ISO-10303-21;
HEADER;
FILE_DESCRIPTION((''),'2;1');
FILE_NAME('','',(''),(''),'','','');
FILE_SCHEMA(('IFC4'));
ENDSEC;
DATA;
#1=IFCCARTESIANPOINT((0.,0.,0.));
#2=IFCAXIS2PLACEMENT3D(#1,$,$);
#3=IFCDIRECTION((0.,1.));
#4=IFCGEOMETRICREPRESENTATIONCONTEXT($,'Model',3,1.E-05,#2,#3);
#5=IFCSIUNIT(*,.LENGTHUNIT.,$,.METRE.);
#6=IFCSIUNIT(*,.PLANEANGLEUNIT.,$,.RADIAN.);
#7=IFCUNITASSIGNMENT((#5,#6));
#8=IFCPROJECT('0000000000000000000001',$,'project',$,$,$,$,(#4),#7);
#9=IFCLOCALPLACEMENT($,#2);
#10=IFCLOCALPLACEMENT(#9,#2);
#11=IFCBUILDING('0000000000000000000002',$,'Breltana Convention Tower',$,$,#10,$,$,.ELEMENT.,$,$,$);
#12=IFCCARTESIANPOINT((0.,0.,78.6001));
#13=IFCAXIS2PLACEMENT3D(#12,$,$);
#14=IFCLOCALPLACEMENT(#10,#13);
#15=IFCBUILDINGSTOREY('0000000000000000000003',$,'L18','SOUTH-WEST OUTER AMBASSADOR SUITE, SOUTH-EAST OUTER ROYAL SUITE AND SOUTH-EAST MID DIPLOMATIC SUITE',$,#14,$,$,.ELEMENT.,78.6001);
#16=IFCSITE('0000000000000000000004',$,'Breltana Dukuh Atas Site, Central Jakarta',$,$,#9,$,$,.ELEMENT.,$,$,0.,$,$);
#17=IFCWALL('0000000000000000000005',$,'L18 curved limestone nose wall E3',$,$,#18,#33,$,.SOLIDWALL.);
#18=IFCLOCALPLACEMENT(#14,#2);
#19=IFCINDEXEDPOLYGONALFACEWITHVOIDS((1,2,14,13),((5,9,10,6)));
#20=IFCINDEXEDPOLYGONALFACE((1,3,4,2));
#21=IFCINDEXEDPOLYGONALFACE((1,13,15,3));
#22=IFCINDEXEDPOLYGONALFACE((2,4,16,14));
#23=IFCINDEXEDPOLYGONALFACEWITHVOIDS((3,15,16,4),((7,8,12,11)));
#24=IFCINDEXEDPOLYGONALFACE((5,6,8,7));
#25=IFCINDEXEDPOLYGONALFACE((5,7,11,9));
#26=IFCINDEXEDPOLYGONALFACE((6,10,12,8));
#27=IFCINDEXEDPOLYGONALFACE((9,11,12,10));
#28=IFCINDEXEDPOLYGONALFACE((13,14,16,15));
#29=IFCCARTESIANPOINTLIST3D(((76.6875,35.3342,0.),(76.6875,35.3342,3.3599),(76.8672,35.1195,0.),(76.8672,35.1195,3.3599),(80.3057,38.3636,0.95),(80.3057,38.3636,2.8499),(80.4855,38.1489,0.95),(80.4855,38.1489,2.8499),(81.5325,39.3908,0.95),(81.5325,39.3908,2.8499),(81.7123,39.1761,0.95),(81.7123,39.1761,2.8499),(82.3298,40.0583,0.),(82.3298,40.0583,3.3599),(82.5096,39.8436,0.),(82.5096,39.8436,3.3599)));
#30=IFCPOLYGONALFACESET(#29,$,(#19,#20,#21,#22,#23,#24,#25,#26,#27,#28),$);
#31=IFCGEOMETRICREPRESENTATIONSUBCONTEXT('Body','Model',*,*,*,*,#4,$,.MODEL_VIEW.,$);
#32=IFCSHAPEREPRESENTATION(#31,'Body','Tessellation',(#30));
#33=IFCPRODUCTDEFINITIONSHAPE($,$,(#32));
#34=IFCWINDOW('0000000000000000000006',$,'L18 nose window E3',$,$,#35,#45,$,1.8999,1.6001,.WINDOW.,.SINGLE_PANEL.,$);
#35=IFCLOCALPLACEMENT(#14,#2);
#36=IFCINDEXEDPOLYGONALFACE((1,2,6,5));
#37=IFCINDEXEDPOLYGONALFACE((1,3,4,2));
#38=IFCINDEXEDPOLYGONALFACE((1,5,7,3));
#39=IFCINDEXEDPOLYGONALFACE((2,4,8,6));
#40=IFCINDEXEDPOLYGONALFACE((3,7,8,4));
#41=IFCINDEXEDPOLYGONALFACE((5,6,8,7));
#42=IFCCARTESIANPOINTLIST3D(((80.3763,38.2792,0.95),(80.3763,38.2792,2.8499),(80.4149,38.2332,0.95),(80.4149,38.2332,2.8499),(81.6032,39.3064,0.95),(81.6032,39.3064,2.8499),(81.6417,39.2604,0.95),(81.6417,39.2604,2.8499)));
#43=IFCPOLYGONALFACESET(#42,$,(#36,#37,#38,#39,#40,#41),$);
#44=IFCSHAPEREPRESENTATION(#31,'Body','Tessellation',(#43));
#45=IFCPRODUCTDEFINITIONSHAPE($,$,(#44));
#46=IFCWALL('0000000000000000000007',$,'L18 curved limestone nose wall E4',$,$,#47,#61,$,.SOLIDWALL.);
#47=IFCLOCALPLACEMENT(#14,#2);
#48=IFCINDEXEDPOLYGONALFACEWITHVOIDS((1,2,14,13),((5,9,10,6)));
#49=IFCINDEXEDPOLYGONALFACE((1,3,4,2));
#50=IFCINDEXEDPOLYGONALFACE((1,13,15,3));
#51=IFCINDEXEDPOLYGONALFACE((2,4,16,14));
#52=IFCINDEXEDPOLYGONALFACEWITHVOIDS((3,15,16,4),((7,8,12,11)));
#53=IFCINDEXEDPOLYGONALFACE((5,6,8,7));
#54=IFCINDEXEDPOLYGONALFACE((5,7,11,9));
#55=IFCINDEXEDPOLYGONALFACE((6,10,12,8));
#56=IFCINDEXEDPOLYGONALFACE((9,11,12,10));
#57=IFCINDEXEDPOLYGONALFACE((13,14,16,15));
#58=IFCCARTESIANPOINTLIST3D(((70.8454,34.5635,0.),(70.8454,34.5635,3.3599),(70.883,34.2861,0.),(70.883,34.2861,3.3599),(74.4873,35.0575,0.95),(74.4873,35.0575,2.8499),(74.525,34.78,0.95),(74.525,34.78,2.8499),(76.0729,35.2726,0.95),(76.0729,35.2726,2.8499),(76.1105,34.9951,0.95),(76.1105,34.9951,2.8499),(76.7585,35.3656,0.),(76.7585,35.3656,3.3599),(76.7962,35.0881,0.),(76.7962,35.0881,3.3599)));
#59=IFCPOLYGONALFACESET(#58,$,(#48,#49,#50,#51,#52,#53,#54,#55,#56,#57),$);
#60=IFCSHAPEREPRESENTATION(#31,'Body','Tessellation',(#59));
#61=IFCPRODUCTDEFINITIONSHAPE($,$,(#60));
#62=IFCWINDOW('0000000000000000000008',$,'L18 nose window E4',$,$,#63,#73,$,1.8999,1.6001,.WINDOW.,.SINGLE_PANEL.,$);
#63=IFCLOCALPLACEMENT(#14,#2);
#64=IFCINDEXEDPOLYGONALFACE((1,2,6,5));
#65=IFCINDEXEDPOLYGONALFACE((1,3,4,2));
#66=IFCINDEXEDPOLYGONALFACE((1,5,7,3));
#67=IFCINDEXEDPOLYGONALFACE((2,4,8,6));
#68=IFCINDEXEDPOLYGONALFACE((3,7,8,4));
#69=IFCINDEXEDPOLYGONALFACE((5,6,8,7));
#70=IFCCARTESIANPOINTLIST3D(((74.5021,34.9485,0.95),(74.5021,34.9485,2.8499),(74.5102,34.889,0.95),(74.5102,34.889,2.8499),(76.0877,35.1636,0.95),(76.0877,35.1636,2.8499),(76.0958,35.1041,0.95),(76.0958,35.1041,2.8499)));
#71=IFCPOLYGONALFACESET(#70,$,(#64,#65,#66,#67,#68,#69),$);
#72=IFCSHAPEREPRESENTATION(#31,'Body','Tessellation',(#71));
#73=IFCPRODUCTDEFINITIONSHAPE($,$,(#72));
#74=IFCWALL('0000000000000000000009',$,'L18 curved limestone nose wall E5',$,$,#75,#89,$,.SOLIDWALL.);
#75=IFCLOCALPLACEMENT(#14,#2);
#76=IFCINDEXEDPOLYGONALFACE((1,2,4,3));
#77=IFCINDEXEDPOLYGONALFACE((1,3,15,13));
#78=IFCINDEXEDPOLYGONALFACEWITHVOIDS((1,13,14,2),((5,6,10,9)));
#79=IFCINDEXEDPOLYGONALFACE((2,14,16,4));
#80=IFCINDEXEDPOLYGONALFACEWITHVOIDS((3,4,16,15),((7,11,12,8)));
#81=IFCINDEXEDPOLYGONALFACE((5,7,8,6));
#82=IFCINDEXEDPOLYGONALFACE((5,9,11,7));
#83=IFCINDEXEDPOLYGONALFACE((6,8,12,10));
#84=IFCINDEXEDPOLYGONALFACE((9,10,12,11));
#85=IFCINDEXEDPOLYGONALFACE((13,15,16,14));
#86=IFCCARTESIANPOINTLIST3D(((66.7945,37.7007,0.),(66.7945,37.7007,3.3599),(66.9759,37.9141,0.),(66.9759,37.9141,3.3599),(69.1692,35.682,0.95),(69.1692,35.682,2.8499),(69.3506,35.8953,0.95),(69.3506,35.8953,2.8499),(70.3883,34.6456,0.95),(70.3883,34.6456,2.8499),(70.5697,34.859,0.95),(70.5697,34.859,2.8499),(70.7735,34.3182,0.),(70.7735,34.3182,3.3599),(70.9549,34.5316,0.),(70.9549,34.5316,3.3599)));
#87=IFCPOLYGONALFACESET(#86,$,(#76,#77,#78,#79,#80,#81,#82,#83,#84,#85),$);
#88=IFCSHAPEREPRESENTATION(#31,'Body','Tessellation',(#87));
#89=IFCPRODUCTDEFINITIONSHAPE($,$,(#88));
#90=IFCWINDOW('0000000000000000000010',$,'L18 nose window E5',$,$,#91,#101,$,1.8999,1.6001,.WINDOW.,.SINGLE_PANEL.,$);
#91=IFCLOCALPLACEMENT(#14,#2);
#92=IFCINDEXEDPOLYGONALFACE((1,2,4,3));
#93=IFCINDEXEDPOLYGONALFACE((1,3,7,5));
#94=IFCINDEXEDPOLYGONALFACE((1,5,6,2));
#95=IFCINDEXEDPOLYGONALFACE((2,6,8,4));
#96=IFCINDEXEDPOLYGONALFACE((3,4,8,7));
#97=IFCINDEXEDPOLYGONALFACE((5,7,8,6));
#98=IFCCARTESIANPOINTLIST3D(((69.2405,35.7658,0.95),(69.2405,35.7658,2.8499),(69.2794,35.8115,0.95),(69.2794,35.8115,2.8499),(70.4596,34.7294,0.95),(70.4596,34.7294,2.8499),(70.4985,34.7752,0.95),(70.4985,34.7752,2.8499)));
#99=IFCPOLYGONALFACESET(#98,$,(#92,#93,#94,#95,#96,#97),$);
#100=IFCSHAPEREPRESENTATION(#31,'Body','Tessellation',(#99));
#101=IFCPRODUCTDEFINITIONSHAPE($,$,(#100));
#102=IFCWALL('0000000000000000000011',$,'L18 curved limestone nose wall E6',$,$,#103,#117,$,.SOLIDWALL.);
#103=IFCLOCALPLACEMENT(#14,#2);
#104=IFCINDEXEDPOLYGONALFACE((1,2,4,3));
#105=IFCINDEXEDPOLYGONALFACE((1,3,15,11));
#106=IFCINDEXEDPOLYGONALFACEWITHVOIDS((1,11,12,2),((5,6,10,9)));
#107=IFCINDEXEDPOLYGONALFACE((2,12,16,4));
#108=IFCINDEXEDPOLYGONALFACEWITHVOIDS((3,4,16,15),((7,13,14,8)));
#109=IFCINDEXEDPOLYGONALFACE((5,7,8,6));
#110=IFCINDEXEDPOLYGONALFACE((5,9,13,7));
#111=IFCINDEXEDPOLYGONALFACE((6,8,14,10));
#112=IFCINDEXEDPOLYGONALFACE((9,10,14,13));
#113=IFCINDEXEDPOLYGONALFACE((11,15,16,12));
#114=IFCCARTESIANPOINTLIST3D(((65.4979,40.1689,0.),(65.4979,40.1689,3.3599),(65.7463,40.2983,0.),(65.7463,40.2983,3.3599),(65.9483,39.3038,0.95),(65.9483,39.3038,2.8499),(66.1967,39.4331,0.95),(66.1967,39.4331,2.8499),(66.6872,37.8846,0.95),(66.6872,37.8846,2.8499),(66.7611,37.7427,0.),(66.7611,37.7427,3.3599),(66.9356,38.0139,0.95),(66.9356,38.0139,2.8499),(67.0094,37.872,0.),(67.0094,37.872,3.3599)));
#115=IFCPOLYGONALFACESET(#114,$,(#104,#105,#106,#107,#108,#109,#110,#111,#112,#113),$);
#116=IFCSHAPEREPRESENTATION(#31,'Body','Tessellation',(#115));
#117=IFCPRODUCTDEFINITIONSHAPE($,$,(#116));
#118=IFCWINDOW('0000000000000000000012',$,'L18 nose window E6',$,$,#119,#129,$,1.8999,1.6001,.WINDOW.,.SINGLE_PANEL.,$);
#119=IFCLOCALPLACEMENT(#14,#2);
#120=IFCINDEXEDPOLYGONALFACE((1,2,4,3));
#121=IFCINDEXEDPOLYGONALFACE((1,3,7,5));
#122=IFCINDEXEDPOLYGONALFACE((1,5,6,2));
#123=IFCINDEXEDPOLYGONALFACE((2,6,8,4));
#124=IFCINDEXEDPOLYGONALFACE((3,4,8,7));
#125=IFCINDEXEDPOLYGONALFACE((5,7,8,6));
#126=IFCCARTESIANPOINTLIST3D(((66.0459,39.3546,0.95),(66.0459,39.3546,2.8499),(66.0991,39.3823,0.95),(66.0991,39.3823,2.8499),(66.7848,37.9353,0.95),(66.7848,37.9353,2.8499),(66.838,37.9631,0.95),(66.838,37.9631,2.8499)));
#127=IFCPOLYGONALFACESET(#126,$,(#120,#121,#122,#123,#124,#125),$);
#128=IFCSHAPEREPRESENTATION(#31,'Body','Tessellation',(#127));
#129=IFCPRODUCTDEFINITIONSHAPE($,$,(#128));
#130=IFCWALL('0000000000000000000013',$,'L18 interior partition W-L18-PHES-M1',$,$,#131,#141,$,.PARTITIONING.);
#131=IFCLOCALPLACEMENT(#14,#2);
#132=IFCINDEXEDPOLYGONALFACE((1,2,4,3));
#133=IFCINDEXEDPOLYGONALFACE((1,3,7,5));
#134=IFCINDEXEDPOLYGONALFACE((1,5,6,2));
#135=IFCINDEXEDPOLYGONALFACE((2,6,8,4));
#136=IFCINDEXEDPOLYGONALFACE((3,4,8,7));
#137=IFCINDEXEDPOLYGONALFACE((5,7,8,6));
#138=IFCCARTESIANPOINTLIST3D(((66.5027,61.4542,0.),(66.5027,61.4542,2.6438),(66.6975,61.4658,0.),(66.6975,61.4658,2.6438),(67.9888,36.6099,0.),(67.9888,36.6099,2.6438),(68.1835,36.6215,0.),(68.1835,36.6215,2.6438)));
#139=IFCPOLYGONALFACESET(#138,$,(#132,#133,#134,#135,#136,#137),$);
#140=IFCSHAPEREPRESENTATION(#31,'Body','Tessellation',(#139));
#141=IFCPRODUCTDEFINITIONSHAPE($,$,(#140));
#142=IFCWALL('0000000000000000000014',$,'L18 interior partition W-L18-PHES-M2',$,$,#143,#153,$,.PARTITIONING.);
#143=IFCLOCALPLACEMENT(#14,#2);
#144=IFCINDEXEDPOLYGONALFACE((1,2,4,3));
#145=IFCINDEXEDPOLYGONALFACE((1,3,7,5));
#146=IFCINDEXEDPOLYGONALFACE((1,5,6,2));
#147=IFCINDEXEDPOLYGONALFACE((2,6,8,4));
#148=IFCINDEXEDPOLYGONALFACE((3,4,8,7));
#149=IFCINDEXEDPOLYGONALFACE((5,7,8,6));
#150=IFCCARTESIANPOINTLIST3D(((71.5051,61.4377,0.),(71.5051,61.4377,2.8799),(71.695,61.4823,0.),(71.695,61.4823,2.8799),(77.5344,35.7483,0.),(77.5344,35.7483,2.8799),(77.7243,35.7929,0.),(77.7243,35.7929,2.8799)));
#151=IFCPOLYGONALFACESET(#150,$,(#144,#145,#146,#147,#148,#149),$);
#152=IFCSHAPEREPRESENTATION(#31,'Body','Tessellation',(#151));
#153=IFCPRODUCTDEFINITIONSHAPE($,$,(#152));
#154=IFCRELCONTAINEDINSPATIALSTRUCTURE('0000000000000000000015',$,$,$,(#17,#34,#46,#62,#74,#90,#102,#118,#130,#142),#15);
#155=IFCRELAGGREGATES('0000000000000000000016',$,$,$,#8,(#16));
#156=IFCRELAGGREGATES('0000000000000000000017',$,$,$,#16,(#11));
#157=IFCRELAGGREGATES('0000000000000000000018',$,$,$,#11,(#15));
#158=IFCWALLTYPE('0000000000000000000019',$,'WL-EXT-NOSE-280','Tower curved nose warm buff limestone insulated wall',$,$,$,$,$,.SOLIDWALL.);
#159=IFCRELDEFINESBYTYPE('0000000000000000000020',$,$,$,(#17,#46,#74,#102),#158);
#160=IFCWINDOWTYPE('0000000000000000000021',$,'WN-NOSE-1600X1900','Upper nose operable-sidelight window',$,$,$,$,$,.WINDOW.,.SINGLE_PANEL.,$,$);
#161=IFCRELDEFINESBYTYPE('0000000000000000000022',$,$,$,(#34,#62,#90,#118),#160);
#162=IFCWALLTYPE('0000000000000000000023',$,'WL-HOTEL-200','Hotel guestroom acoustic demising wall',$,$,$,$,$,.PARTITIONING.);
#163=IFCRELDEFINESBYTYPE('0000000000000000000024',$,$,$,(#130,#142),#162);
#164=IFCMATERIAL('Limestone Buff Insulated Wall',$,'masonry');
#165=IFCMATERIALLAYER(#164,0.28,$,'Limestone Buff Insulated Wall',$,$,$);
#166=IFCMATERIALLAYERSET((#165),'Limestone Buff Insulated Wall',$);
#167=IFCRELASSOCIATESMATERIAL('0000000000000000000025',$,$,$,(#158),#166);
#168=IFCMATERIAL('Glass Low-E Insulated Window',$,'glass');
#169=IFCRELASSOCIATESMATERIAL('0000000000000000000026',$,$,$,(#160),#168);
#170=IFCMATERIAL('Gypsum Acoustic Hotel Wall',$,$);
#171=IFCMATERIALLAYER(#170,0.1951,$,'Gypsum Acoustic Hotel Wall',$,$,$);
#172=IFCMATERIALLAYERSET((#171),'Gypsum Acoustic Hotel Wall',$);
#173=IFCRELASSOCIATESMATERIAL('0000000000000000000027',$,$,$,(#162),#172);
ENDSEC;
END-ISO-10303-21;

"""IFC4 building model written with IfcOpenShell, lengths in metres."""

from ifc_helpers import new_model, si_unit, direction, frame, frame_2d, origin, place, context, subcontext, project, spatial, rectangle, extrude, source, transform, mapped, material, layer, layer_set, type_object, type_shapes, element, fill, save


model = new_model("IFC4")

# Units and contexts
model_context = context("Model", 3, precision=1e-05, world=origin(), true_north=direction((0.0, 1.0)))
body_context = subcontext(model_context, "Body", "Model", "MODEL_VIEW")
ifc_project = project(units=[si_unit("LENGTHUNIT", "METRE"), si_unit("PLANEANGLEUNIT", "RADIAN")], contexts=[model_context])

# Site, building, storey
site_placement = place(None, origin())
site = spatial("IfcSite", under=ifc_project, at=site_placement, Name="Breltana Dukuh Atas Site, Central Jakarta", CompositionType="ELEMENT", RefElevation=0.0)
building_placement = place(site_placement, origin())
building = spatial("IfcBuilding", under=site, at=building_placement, Name="Breltana Convention Tower", CompositionType="ELEMENT")
storey_placement = place(building_placement, frame((0.0, 0.0, 78.6001)))
storey = spatial("IfcBuildingStorey", under=building, at=storey_placement, Name="L18", Description="SOUTH-WEST OUTER AMBASSADOR SUITE, SOUTH-EAST OUTER ROYAL SUITE AND SOUTH-EAST MID DIPLOMATIC SUITE", CompositionType="ELEMENT", Elevation=78.6001)

# Walls, openings, windows
ifc_material_1 = material(Name="Limestone Buff Insulated Wall", Category="masonry")
ifc_layer_1 = layer(ifc_material_1, 0.28, Name="Limestone Buff Insulated Wall")
ifc_layer_set_1 = layer_set([ifc_layer_1], Name="Limestone Buff Insulated Wall")
wall_type_1 = type_object("IfcWallType", Name="WL-EXT-NOSE-280", Description="Tower curved nose warm buff limestone insulated wall", PredefinedType="SOLIDWALL", material=ifc_layer_set_1)
shared_shape_1 = source(origin(), body_context, "Body", "SweptSolid", [
    extrude(rectangle(XDim=7.3589, YDim=0.28, at=frame_2d((3.6794, 0.0))), origin(), (0.0, 0.0, 1.0), 3.3599),
])
wall_1_placement = place(storey_placement, frame((82.4197, 39.9509, 0.0), z_axis=(0.0, 0.0, 1.0), x_axis=(-0.766737, -0.641961, 0.0)))
wall_1 = element("IfcWall", 1, at=wall_1_placement, inside=storey, type_object=wall_type_1, Name="L18 curved limestone nose wall E3", PredefinedType="SOLIDWALL", context=body_context, shape_type="MappedRepresentation", body=[
    mapped(shared_shape_1, transform((0.0, 0.0, 0.0), scale=1.0)),
])
opening_1_placement = place(wall_1_placement, frame((1.0398, 0.0, 0.95)))
opening_1 = element("IfcOpeningElement", 2, at=opening_1_placement, cuts=wall_1, PredefinedType="OPENING", context=body_context, shape_type="SweptSolid", body=[
    extrude(rectangle(XDim=1.6001, YDim=1.8999, at=frame_2d((0.8, 0.95))), frame((0.0, 0.1499, 0.0), z_axis=(0.0, -1.0, 0.0), x_axis=(1.0, 0.0, 0.0)), (0.0, 0.0, 1.0), 0.3),
])
ifc_material_2 = material(Name="Glass Low-E Insulated Window", Category="glass")
window_type = type_object("IfcWindowType", Name="WN-NOSE-1600X1900", Description="Upper nose operable-sidelight window", PartitioningType="SINGLE_PANEL", PredefinedType="WINDOW", material=ifc_material_2)
shared_shape_2 = source(origin(), body_context, "Body", "SweptSolid", [
    extrude(rectangle(XDim=1.6001, YDim=1.8999, at=frame_2d((0.8, 0.95))), frame((0.0, 0.03, 0.0), z_axis=(0.0, -1.0, 0.0), x_axis=(1.0, 0.0, 0.0)), (0.0, 0.0, 1.0), 0.0601),
])
type_shapes(window_type, [shared_shape_2])
window_1_placement = place(opening_1_placement, origin())
window_1 = element("IfcWindow", 3, at=window_1_placement, inside=storey, type_object=window_type, Name="L18 nose window E3", OverallHeight=1.8999, OverallWidth=1.6001, PartitioningType="SINGLE_PANEL", PredefinedType="WINDOW", context=body_context, shape_type="MappedRepresentation", body=[
    mapped(shared_shape_2, transform((0.0, 0.0, 0.0), scale=1.0)),
])
fill(opening_1, window_1)
shared_shape_3 = source(origin(), body_context, "Body", "SweptSolid", [
    extrude(rectangle(XDim=5.9673, YDim=0.28, at=frame_2d((2.9836, 0.0))), origin(), (0.0, 0.0, 1.0), 3.3599),
])
wall_2_placement = place(storey_placement, frame((76.7773, 35.2268, 0.0), z_axis=(0.0, 0.0, 1.0), x_axis=(-0.990927, -0.134401, 0.0)))
wall_2 = element("IfcWall", 4, at=wall_2_placement, inside=storey, type_object=wall_type_1, Name="L18 curved limestone nose wall E4", PredefinedType="SOLIDWALL", context=body_context, shape_type="MappedRepresentation", body=[
    mapped(shared_shape_3, transform((0.0, 0.0, 0.0), scale=1.0)),
])
opening_2_placement = place(wall_2_placement, frame((0.6919, 0.0, 0.95)))
opening_2 = element("IfcOpeningElement", 5, at=opening_2_placement, cuts=wall_2, PredefinedType="OPENING", context=body_context, shape_type="SweptSolid", body=[
    extrude(rectangle(XDim=1.6001, YDim=1.8999, at=frame_2d((0.8, 0.95))), frame((0.0, 0.1499, 0.0), z_axis=(0.0, -1.0, 0.0), x_axis=(1.0, 0.0, 0.0)), (0.0, 0.0, 1.0), 0.3),
])
window_2_placement = place(opening_2_placement, origin())
window_2 = element("IfcWindow", 6, at=window_2_placement, inside=storey, type_object=window_type, Name="L18 nose window E4", OverallHeight=1.8999, OverallWidth=1.6001, PartitioningType="SINGLE_PANEL", PredefinedType="WINDOW", context=body_context, shape_type="MappedRepresentation", body=[
    mapped(shared_shape_2, transform((0.0, 0.0, 0.0), scale=1.0)),
])
fill(opening_2, window_2)
shared_shape_4 = source(origin(), body_context, "Body", "SweptSolid", [
    extrude(rectangle(XDim=5.2224, YDim=0.28, at=frame_2d((2.6113, 0.0))), origin(), (0.0, 0.0, 1.0), 3.3599),
])
wall_3_placement = place(storey_placement, frame((70.8643, 34.4248, 0.0), z_axis=(0.0, 0.0, 1.0), x_axis=(-0.7619, 0.647695, 0.0)))
wall_3 = element("IfcWall", 7, at=wall_3_placement, inside=storey, type_object=wall_type_1, Name="L18 curved limestone nose wall E5", PredefinedType="SOLIDWALL", context=body_context, shape_type="MappedRepresentation", body=[
    mapped(shared_shape_4, transform((0.0, 0.0, 0.0), scale=1.0)),
])
opening_3_placement = place(wall_3_placement, frame((0.5056, 0.0, 0.95)))
opening_3 = element("IfcOpeningElement", 8, at=opening_3_placement, cuts=wall_3, PredefinedType="OPENING", context=body_context, shape_type="SweptSolid", body=[
    extrude(rectangle(XDim=1.6001, YDim=1.8999, at=frame_2d((0.8, 0.95))), frame((0.0, 0.1499, 0.0), z_axis=(0.0, -1.0, 0.0), x_axis=(1.0, 0.0, 0.0)), (0.0, 0.0, 1.0), 0.3),
])
window_3_placement = place(opening_3_placement, origin())
window_3 = element("IfcWindow", 9, at=window_3_placement, inside=storey, type_object=window_type, Name="L18 nose window E5", OverallHeight=1.8999, OverallWidth=1.6001, PartitioningType="SINGLE_PANEL", PredefinedType="WINDOW", context=body_context, shape_type="MappedRepresentation", body=[
    mapped(shared_shape_2, transform((0.0, 0.0, 0.0), scale=1.0)),
])
fill(opening_3, window_3)
shared_shape_5 = source(origin(), body_context, "Body", "SweptSolid", [
    extrude(rectangle(XDim=2.7354, YDim=0.28, at=frame_2d((1.3677, 0.0))), origin(), (0.0, 0.0, 1.0), 3.3599),
])
wall_4_placement = place(storey_placement, frame((66.8853, 37.8074, 0.0), z_axis=(0.0, 0.0, 1.0), x_axis=(-0.461791, 0.886989, 0.0)))
wall_4 = element("IfcWall", 10, at=wall_4_placement, inside=storey, type_object=wall_type_1, Name="L18 curved limestone nose wall E6", PredefinedType="SOLIDWALL", context=body_context, shape_type="MappedRepresentation", body=[
    mapped(shared_shape_5, transform((0.0, 0.0, 0.0), scale=1.0)),
])
opening_4_placement = place(wall_4_placement, frame((0.1599, 0.0, 0.95)))
opening_4 = element("IfcOpeningElement", 11, at=opening_4_placement, cuts=wall_4, PredefinedType="OPENING", context=body_context, shape_type="SweptSolid", body=[
    extrude(rectangle(XDim=1.6001, YDim=1.8999, at=frame_2d((0.8, 0.95))), frame((0.0, 0.1499, 0.0), z_axis=(0.0, -1.0, 0.0), x_axis=(1.0, 0.0, 0.0)), (0.0, 0.0, 1.0), 0.3),
])
window_4_placement = place(opening_4_placement, origin())
window_4 = element("IfcWindow", 12, at=window_4_placement, inside=storey, type_object=window_type, Name="L18 nose window E6", OverallHeight=1.8999, OverallWidth=1.6001, PartitioningType="SINGLE_PANEL", PredefinedType="WINDOW", context=body_context, shape_type="MappedRepresentation", body=[
    mapped(shared_shape_2, transform((0.0, 0.0, 0.0), scale=1.0)),
])
fill(opening_4, window_4)

# Walls
ifc_material_3 = material(Name="Gypsum Acoustic Hotel Wall")
ifc_layer_2 = layer(ifc_material_3, 0.1951, Name="Gypsum Acoustic Hotel Wall")
ifc_layer_set_2 = layer_set([ifc_layer_2], Name="Gypsum Acoustic Hotel Wall")
wall_type_2 = type_object("IfcWallType", Name="WL-HOTEL-200", Description="Hotel guestroom acoustic demising wall", PredefinedType="PARTITIONING", material=ifc_layer_set_2)
shared_shape_6 = source(origin(), body_context, "Body", "SweptSolid", [
    extrude(rectangle(XDim=24.8887, YDim=0.1951, at=frame_2d((12.4443, 0.0))), origin(), (0.0, 0.0, 1.0), 2.6438),
])
wall_5_placement = place(storey_placement, frame((68.0862, 36.6157, 0.0), z_axis=(0.0, 0.0, 1.0), x_axis=(-0.059709, 0.998216, 0.0)))
element("IfcWall", 13, at=wall_5_placement, inside=storey, type_object=wall_type_2, Name="L18 interior partition W-L18-PHES-M1", PredefinedType="PARTITIONING", context=body_context, shape_type="MappedRepresentation", body=[
    mapped(shared_shape_6, transform((0.0, 0.0, 0.0), scale=1.0)),
])
shared_shape_7 = source(origin(), body_context, "Body", "SweptSolid", [
    extrude(rectangle(XDim=26.3875, YDim=0.1951, at=frame_2d((13.1938, 0.0))), origin(), (0.0, 0.0, 1.0), 2.8799),
])
wall_6_placement = place(storey_placement, frame((77.6294, 35.7705, 0.0), z_axis=(0.0, 0.0, 1.0), x_axis=(-0.228491, 0.973546, 0.0)))
element("IfcWall", 14, at=wall_6_placement, inside=storey, type_object=wall_type_2, Name="L18 interior partition W-L18-PHES-M2", PredefinedType="PARTITIONING", context=body_context, shape_type="MappedRepresentation", body=[
    mapped(shared_shape_7, transform((0.0, 0.0, 0.0), scale=1.0)),
])

save(model, "model.ifc")
